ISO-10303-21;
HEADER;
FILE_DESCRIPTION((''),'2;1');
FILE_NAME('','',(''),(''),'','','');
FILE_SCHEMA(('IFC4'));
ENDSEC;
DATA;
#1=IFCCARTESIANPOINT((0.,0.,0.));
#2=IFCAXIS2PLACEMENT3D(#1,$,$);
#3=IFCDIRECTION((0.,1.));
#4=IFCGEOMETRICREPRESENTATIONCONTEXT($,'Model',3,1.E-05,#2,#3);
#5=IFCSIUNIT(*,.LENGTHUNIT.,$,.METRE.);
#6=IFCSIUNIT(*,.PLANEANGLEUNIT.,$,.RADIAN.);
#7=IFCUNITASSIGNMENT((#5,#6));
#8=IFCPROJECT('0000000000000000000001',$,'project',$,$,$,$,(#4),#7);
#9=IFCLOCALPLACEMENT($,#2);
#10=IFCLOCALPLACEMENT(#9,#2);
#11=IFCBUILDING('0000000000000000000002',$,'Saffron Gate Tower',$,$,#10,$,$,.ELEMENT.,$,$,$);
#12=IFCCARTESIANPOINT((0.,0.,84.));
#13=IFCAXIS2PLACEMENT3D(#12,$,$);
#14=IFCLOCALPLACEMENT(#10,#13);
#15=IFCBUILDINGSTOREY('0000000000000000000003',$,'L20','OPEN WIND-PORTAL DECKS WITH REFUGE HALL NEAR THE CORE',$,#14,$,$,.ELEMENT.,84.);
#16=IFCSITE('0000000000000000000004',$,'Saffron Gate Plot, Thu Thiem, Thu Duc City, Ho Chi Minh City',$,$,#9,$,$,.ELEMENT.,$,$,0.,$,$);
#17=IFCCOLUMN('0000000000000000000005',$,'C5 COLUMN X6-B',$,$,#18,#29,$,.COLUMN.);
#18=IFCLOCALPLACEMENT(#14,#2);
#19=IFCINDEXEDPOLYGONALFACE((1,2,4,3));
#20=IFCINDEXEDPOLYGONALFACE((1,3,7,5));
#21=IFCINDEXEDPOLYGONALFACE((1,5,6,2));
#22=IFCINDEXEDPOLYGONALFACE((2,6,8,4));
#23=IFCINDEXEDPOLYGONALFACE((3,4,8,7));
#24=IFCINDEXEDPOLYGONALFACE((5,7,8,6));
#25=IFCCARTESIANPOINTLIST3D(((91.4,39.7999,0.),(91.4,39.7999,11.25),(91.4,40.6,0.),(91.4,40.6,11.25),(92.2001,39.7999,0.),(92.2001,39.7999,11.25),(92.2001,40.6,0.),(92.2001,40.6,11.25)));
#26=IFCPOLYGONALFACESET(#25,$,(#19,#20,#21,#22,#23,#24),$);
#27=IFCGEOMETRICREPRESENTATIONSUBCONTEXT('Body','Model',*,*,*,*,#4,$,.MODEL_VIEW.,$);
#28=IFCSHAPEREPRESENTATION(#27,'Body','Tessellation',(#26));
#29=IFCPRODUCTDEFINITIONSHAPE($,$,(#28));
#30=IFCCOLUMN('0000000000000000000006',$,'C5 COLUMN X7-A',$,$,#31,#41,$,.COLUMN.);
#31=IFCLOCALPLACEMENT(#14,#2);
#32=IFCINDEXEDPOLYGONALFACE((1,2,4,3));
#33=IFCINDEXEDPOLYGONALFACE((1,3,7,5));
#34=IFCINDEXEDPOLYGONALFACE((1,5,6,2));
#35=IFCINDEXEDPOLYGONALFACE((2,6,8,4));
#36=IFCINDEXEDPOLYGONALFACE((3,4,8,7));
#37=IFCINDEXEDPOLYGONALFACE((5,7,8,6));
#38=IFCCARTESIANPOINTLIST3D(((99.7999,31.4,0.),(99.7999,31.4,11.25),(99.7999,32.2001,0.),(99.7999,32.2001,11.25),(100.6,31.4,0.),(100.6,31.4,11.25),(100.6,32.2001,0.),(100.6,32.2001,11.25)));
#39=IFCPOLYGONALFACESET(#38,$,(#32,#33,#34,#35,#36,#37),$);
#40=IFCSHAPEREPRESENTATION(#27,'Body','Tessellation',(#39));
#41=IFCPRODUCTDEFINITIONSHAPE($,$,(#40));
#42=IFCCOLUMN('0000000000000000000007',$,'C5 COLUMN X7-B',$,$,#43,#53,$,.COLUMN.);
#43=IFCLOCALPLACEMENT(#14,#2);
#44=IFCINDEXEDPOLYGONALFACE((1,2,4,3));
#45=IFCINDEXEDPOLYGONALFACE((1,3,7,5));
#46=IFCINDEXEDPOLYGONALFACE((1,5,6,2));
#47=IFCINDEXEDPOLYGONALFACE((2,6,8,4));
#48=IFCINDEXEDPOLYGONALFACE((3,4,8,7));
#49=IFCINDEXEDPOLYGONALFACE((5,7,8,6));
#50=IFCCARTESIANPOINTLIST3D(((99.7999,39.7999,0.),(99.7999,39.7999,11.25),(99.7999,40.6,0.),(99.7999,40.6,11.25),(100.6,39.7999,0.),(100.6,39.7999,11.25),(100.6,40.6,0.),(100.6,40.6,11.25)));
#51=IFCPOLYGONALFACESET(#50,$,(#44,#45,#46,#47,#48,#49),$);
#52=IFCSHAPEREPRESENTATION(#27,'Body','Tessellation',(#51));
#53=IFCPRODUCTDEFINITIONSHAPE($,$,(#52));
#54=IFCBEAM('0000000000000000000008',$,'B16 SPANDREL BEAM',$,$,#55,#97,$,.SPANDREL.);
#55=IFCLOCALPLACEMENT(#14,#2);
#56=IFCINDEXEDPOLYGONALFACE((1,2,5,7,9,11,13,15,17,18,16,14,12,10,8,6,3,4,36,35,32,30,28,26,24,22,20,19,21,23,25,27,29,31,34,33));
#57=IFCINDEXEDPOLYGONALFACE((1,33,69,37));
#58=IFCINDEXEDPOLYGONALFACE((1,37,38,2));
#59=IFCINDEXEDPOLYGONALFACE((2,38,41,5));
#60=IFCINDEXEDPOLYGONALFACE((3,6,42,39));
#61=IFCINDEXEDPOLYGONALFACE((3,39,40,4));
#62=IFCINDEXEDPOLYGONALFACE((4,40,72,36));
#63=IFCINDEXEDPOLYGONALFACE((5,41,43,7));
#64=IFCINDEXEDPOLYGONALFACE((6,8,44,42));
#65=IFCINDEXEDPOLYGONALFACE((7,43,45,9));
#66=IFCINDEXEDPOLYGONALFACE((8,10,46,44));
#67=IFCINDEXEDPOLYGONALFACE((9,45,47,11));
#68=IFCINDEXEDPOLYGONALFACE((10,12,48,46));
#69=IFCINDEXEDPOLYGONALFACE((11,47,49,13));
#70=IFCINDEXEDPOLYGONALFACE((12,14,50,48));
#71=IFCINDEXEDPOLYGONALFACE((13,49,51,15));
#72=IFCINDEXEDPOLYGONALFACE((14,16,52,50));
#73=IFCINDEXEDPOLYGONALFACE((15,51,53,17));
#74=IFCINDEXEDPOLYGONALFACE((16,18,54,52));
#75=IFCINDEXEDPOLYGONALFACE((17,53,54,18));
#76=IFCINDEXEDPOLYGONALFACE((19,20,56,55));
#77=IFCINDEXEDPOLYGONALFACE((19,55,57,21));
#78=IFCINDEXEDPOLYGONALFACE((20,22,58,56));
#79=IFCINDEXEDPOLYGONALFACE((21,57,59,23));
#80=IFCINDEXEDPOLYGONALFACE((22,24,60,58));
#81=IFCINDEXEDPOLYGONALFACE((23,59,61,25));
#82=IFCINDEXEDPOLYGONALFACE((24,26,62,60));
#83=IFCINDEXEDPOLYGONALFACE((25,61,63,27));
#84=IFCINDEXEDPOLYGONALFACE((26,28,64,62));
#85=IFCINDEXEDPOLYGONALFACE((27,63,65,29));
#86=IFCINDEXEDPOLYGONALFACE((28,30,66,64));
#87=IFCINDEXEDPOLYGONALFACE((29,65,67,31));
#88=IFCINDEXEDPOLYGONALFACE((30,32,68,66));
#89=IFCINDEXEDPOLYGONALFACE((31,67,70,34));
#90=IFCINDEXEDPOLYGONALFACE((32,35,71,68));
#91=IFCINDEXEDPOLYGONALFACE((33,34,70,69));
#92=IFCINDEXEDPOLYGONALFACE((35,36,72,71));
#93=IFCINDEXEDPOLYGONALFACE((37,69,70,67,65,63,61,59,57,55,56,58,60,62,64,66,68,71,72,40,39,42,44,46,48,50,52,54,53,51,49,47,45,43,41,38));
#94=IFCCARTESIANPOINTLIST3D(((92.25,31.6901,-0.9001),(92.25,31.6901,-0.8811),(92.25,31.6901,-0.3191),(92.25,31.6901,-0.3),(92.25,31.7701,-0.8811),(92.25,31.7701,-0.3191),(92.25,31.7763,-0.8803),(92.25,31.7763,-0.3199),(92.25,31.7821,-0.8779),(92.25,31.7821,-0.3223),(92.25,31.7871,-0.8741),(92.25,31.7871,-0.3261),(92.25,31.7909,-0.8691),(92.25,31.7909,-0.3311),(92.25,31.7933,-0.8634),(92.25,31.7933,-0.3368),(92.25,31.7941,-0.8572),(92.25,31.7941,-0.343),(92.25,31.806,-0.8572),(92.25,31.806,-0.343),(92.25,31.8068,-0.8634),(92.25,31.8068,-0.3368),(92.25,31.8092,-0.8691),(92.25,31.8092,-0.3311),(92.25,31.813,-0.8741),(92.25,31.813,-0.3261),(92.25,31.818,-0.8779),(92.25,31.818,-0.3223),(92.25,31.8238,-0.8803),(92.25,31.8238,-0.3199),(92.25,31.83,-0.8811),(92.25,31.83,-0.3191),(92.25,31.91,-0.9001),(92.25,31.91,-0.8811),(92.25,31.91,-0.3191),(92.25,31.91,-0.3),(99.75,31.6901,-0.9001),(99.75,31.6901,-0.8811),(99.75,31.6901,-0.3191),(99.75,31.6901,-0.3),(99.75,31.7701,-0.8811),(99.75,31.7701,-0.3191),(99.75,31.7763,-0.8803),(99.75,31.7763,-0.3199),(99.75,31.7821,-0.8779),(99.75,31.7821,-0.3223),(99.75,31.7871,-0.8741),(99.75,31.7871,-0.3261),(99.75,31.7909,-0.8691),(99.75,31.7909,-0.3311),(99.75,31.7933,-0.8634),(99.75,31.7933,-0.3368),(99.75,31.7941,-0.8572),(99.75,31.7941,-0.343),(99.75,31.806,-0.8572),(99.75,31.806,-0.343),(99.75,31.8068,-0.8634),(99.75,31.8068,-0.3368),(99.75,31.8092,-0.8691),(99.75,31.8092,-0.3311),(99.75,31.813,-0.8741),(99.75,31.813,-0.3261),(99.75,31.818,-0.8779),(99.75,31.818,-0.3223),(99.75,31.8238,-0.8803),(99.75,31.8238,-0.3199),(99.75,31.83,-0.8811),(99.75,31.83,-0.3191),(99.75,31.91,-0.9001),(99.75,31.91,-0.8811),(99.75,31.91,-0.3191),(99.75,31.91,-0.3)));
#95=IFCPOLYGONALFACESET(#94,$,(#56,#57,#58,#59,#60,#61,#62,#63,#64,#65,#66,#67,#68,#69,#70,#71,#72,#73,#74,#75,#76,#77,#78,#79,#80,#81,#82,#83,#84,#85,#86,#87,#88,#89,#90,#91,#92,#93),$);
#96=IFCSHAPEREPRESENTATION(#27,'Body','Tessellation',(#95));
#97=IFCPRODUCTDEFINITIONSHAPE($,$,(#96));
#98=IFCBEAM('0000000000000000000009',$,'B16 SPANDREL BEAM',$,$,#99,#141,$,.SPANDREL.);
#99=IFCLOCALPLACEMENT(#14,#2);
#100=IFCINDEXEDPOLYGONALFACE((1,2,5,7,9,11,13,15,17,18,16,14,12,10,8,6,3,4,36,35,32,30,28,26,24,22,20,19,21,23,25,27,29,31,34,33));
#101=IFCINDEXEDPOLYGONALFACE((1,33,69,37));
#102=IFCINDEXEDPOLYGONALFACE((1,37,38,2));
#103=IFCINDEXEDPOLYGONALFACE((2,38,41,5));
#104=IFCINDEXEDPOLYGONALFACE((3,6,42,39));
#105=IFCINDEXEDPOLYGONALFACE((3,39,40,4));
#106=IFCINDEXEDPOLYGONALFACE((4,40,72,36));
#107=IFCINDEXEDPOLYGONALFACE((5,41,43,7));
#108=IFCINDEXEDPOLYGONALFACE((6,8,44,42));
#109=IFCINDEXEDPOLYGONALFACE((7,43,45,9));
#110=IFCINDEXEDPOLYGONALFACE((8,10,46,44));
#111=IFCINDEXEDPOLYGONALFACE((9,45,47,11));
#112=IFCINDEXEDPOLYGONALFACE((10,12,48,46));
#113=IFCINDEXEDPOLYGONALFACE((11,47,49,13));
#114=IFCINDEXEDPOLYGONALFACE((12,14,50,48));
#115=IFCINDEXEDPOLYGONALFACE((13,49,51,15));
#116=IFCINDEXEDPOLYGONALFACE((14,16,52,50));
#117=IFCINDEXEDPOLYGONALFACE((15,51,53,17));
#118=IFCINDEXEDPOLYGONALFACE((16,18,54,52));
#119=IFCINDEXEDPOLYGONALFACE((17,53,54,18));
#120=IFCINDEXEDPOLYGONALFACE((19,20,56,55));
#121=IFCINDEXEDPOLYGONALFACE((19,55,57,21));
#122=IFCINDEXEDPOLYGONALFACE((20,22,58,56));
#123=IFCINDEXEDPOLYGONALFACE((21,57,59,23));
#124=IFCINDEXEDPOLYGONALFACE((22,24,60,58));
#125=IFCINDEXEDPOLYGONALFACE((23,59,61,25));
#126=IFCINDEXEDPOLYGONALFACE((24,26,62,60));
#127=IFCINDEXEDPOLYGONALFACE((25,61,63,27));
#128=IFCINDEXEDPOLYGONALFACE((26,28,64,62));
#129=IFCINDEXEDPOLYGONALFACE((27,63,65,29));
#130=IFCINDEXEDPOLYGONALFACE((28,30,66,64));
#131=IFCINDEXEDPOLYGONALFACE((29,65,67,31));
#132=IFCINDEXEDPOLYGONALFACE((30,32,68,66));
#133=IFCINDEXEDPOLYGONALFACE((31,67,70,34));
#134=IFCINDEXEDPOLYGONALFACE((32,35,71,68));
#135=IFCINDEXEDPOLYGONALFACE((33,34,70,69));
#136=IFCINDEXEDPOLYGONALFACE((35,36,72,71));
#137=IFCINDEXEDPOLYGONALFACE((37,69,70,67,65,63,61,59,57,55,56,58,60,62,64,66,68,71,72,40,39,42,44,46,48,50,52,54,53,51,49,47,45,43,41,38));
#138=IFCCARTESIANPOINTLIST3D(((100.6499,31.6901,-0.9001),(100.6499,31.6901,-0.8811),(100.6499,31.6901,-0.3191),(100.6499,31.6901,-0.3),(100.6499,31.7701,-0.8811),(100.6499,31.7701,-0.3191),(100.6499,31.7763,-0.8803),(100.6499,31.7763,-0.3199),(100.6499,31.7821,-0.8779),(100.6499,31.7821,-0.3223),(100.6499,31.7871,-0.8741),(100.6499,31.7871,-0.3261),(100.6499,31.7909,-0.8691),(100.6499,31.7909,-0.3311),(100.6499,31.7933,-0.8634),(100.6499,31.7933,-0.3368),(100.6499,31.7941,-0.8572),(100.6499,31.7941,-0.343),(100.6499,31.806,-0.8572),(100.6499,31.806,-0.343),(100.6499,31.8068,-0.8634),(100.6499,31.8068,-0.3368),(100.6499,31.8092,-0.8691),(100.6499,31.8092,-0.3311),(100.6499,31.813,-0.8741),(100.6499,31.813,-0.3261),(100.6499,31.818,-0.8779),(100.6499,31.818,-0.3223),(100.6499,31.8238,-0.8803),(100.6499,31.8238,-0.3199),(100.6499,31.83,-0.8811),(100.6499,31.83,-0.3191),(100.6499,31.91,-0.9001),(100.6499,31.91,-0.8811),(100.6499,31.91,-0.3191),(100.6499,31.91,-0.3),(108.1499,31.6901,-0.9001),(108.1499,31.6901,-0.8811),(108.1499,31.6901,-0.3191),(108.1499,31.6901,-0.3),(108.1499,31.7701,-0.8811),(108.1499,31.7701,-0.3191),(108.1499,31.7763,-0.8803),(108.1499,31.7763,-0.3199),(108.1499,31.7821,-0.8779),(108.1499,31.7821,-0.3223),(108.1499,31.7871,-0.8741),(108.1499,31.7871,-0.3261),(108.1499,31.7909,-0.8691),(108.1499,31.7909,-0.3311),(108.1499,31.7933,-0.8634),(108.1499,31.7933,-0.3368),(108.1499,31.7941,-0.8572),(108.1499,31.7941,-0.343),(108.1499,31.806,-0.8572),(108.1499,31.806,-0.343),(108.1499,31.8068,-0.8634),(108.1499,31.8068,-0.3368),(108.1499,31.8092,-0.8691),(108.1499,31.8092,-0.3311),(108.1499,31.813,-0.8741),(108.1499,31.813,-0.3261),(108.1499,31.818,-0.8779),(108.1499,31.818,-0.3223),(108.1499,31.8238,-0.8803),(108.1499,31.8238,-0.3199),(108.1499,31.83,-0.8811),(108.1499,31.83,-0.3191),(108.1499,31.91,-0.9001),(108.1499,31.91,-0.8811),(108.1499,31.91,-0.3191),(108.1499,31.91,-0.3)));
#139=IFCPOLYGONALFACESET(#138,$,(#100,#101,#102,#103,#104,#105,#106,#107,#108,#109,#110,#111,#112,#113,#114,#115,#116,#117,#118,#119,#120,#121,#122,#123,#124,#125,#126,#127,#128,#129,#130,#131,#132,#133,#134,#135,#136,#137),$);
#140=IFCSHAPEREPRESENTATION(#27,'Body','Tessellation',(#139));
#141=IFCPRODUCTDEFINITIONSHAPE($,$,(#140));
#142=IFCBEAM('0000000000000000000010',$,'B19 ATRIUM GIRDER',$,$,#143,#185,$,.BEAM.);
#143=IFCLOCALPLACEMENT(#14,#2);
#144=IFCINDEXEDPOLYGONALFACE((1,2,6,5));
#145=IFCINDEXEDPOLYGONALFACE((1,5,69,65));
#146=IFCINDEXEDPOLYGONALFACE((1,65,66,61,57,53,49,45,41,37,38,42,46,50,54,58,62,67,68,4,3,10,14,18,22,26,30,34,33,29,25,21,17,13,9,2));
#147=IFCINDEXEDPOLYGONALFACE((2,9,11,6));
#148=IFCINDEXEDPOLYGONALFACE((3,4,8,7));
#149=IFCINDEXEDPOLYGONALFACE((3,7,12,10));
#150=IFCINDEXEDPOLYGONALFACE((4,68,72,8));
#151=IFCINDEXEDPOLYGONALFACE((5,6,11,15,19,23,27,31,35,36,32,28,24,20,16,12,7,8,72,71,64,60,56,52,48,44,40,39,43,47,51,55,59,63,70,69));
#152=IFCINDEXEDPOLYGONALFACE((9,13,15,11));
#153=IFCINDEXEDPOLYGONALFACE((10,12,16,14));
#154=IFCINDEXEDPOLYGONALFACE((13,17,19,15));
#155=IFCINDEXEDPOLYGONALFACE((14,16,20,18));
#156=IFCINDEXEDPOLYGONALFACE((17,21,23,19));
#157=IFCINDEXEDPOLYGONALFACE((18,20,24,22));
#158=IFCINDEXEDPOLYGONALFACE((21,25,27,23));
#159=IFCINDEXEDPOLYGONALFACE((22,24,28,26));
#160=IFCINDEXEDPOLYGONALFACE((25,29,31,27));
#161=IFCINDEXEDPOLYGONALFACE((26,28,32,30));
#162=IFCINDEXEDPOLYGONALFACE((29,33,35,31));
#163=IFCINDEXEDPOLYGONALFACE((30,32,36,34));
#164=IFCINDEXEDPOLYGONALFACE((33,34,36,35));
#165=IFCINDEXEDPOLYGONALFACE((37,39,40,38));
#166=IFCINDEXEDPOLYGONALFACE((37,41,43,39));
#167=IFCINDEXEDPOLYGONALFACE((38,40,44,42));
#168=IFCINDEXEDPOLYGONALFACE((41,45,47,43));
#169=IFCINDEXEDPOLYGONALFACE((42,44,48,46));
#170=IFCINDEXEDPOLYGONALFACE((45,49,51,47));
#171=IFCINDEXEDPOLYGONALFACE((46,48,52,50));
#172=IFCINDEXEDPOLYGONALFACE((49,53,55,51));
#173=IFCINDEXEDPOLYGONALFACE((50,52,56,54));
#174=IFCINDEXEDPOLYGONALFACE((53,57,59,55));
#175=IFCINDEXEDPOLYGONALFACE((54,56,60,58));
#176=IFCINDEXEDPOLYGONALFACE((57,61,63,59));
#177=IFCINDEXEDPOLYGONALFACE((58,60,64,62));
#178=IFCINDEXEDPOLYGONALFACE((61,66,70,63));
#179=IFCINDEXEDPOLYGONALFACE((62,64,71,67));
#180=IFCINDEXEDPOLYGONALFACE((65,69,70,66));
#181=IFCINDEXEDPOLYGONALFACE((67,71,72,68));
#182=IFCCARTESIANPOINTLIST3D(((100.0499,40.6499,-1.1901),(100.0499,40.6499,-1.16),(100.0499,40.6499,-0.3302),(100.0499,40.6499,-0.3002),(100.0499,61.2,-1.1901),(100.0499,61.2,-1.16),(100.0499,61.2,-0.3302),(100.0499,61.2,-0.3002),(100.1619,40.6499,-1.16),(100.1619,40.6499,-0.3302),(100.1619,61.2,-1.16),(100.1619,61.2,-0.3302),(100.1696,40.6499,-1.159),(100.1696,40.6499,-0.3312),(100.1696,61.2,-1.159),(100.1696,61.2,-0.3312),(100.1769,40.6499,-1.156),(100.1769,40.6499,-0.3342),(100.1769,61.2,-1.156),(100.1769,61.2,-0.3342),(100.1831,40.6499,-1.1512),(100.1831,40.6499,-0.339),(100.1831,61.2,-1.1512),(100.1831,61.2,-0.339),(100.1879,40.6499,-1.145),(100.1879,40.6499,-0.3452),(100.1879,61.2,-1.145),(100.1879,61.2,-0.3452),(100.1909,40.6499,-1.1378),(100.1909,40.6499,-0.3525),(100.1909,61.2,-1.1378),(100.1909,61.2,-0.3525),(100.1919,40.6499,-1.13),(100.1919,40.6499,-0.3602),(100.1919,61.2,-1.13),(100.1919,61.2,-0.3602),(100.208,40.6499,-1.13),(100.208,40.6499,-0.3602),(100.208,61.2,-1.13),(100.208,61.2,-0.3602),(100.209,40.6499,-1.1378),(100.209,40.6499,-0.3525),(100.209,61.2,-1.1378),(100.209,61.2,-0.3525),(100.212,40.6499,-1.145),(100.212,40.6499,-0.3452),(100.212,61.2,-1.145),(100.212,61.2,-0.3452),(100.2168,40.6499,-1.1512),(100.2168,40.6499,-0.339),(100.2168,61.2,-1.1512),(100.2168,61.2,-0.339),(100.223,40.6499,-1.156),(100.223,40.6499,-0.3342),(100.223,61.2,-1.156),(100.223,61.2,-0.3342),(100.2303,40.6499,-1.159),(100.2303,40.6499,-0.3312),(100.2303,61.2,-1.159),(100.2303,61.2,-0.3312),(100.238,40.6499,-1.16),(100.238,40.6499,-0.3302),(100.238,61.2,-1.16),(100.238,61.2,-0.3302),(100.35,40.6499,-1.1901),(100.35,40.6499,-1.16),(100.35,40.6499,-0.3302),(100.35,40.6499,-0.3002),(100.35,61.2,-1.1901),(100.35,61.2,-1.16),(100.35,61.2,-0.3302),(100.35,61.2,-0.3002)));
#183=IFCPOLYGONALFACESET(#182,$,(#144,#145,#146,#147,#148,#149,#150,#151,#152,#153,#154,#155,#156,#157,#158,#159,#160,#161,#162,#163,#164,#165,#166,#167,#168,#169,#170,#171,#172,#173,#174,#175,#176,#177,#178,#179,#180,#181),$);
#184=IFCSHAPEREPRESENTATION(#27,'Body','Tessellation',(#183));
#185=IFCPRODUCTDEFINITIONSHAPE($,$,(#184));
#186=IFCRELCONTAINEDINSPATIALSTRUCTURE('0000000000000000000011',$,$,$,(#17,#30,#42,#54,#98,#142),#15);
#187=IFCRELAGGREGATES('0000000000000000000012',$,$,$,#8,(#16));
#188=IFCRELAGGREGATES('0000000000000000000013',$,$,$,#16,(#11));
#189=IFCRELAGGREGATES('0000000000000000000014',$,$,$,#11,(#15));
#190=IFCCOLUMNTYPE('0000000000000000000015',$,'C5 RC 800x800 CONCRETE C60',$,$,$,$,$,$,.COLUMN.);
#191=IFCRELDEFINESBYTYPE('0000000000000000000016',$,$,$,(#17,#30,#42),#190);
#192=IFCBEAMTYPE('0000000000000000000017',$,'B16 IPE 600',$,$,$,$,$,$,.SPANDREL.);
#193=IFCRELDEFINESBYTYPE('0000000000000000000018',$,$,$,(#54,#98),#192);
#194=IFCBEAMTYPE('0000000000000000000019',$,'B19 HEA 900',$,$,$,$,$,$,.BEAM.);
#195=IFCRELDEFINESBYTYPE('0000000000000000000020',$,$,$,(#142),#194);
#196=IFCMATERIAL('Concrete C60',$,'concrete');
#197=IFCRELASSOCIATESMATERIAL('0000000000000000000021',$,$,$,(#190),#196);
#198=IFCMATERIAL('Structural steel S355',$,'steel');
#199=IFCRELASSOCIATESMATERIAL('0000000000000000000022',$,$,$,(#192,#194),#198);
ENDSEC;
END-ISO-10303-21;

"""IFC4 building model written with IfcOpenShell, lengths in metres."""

from ifc_helpers import new_model, si_unit, direction, frame, origin, origin_2d, place, context, subcontext, project, spatial, rectangle, i_section, extrude, material, material_profile, profile_set, type_object, element, save


model = new_model("IFC4")

# Units and contexts
model_context = context("Model", 3, precision=1e-05, world=origin(), true_north=direction((0.0, 1.0)))
body_context = subcontext(model_context, "Body", "Model", "MODEL_VIEW")
ifc_project = project(units=[si_unit("LENGTHUNIT", "METRE"), si_unit("PLANEANGLEUNIT", "RADIAN")], contexts=[model_context])

# Site, building, storey
site_placement = place(None, origin())
site = spatial("IfcSite", under=ifc_project, at=site_placement, Name="Saffron Gate Plot, Thu Thiem, Thu Duc City, Ho Chi Minh City", CompositionType="ELEMENT", RefElevation=0.0)
building_placement = place(site_placement, origin())
building = spatial("IfcBuilding", under=site, at=building_placement, Name="Saffron Gate Tower", CompositionType="ELEMENT")
storey_placement = place(building_placement, frame((0.0, 0.0, 84.0)))
storey = spatial("IfcBuildingStorey", under=building, at=storey_placement, Name="L20", Description="OPEN WIND-PORTAL DECKS WITH REFUGE HALL NEAR THE CORE", CompositionType="ELEMENT", Elevation=84.0)

# Columns
ifc_material_1 = material(Name="Concrete C60", Category="concrete")
ifc_material_profile_1 = material_profile(ifc_material_1, rectangle(XDim=0.8, YDim=0.8, at=origin_2d()))
ifc_profile_set_1 = profile_set([ifc_material_profile_1], Name="Concrete C60")
column_type = type_object("IfcColumnType", Name="C5 RC 800x800 CONCRETE C60", PredefinedType="COLUMN", material=ifc_profile_set_1)
for number, where, z_axis, x_axis, name in (
    (1, (91.8, 40.2, 0.0), (0.0, 0.0, 1.0), (1.0, 0.0, 0.0), "C5 COLUMN X6-B"),
    (2, (100.2, 31.8, 0.0), (0.0, 0.0, 1.0), (1.0, 0.0, 0.0), "C5 COLUMN X7-A"),
    (3, (100.2, 40.2, 0.0), (0.0, 0.0, 1.0), (1.0, 0.0, 0.0), "C5 COLUMN X7-B"),
):
    element("IfcColumn", number, at=place(storey_placement, frame(where, z_axis=z_axis, x_axis=x_axis)), inside=storey, type_object=column_type, Name=name, PredefinedType="COLUMN", context=body_context, shape_type="SweptSolid", body=[
        extrude(rectangle(XDim=0.8, YDim=0.8, at=origin_2d()), origin(), (0.0, 0.0, 1.0), 11.25),
    ])

# Beams
ifc_material_2 = material(Name="Structural steel S355", Category="steel")
ifc_material_profile_2 = material_profile(ifc_material_2, i_section(OverallWidth=0.22, OverallDepth=0.6001, WebThickness=0.012, FlangeThickness=0.019, FilletRadius=0.0239, at=origin_2d()))
ifc_profile_set_2 = profile_set([ifc_material_profile_2], Name="Structural steel S355")
beam_type_1 = type_object("IfcBeamType", Name="B16 IPE 600", PredefinedType="SPANDREL", material=ifc_profile_set_2)
for number, where, z_axis, x_axis, name in (
    (4, (92.25, 31.8, -0.6001), (1.0, 0.0, 0.0), (0.0, 1.0, 0.0), "B16 SPANDREL BEAM"),
    (5, (100.6499, 31.8, -0.6001), (1.0, 0.0, 0.0), (0.0, 1.0, 0.0), "B16 SPANDREL BEAM"),
):
    element("IfcBeam", number, at=place(storey_placement, frame(where, z_axis=z_axis, x_axis=x_axis)), inside=storey, type_object=beam_type_1, Name=name, PredefinedType="SPANDREL", context=body_context, shape_type="SweptSolid", body=[
        extrude(i_section(OverallWidth=0.22, OverallDepth=0.6001, WebThickness=0.012, FlangeThickness=0.019, FilletRadius=0.0239, at=origin_2d()), origin(), (0.0, 0.0, 1.0), 7.5),
    ])
ifc_material_profile_3 = material_profile(ifc_material_2, i_section(OverallWidth=0.3, OverallDepth=0.8899, WebThickness=0.0161, FlangeThickness=0.03, FilletRadius=0.03, at=origin_2d()))
ifc_profile_set_3 = profile_set([ifc_material_profile_3], Name="Structural steel S355")
beam_type_2 = type_object("IfcBeamType", Name="B19 HEA 900", PredefinedType="BEAM", material=ifc_profile_set_3)
beam_placement = place(storey_placement, frame((100.2, 40.6499, -0.7451), z_axis=(0.0, 1.0, 0.0), x_axis=(-1.0, 0.0, 0.0)))
element("IfcBeam", 6, at=beam_placement, inside=storey, type_object=beam_type_2, Name="B19 ATRIUM GIRDER", PredefinedType="BEAM", context=body_context, shape_type="SweptSolid", body=[
    extrude(i_section(OverallWidth=0.3, OverallDepth=0.8899, WebThickness=0.0161, FlangeThickness=0.03, FilletRadius=0.03, at=origin_2d()), origin(), (0.0, 0.0, 1.0), 20.55),
])

save(model, "model.ifc")
